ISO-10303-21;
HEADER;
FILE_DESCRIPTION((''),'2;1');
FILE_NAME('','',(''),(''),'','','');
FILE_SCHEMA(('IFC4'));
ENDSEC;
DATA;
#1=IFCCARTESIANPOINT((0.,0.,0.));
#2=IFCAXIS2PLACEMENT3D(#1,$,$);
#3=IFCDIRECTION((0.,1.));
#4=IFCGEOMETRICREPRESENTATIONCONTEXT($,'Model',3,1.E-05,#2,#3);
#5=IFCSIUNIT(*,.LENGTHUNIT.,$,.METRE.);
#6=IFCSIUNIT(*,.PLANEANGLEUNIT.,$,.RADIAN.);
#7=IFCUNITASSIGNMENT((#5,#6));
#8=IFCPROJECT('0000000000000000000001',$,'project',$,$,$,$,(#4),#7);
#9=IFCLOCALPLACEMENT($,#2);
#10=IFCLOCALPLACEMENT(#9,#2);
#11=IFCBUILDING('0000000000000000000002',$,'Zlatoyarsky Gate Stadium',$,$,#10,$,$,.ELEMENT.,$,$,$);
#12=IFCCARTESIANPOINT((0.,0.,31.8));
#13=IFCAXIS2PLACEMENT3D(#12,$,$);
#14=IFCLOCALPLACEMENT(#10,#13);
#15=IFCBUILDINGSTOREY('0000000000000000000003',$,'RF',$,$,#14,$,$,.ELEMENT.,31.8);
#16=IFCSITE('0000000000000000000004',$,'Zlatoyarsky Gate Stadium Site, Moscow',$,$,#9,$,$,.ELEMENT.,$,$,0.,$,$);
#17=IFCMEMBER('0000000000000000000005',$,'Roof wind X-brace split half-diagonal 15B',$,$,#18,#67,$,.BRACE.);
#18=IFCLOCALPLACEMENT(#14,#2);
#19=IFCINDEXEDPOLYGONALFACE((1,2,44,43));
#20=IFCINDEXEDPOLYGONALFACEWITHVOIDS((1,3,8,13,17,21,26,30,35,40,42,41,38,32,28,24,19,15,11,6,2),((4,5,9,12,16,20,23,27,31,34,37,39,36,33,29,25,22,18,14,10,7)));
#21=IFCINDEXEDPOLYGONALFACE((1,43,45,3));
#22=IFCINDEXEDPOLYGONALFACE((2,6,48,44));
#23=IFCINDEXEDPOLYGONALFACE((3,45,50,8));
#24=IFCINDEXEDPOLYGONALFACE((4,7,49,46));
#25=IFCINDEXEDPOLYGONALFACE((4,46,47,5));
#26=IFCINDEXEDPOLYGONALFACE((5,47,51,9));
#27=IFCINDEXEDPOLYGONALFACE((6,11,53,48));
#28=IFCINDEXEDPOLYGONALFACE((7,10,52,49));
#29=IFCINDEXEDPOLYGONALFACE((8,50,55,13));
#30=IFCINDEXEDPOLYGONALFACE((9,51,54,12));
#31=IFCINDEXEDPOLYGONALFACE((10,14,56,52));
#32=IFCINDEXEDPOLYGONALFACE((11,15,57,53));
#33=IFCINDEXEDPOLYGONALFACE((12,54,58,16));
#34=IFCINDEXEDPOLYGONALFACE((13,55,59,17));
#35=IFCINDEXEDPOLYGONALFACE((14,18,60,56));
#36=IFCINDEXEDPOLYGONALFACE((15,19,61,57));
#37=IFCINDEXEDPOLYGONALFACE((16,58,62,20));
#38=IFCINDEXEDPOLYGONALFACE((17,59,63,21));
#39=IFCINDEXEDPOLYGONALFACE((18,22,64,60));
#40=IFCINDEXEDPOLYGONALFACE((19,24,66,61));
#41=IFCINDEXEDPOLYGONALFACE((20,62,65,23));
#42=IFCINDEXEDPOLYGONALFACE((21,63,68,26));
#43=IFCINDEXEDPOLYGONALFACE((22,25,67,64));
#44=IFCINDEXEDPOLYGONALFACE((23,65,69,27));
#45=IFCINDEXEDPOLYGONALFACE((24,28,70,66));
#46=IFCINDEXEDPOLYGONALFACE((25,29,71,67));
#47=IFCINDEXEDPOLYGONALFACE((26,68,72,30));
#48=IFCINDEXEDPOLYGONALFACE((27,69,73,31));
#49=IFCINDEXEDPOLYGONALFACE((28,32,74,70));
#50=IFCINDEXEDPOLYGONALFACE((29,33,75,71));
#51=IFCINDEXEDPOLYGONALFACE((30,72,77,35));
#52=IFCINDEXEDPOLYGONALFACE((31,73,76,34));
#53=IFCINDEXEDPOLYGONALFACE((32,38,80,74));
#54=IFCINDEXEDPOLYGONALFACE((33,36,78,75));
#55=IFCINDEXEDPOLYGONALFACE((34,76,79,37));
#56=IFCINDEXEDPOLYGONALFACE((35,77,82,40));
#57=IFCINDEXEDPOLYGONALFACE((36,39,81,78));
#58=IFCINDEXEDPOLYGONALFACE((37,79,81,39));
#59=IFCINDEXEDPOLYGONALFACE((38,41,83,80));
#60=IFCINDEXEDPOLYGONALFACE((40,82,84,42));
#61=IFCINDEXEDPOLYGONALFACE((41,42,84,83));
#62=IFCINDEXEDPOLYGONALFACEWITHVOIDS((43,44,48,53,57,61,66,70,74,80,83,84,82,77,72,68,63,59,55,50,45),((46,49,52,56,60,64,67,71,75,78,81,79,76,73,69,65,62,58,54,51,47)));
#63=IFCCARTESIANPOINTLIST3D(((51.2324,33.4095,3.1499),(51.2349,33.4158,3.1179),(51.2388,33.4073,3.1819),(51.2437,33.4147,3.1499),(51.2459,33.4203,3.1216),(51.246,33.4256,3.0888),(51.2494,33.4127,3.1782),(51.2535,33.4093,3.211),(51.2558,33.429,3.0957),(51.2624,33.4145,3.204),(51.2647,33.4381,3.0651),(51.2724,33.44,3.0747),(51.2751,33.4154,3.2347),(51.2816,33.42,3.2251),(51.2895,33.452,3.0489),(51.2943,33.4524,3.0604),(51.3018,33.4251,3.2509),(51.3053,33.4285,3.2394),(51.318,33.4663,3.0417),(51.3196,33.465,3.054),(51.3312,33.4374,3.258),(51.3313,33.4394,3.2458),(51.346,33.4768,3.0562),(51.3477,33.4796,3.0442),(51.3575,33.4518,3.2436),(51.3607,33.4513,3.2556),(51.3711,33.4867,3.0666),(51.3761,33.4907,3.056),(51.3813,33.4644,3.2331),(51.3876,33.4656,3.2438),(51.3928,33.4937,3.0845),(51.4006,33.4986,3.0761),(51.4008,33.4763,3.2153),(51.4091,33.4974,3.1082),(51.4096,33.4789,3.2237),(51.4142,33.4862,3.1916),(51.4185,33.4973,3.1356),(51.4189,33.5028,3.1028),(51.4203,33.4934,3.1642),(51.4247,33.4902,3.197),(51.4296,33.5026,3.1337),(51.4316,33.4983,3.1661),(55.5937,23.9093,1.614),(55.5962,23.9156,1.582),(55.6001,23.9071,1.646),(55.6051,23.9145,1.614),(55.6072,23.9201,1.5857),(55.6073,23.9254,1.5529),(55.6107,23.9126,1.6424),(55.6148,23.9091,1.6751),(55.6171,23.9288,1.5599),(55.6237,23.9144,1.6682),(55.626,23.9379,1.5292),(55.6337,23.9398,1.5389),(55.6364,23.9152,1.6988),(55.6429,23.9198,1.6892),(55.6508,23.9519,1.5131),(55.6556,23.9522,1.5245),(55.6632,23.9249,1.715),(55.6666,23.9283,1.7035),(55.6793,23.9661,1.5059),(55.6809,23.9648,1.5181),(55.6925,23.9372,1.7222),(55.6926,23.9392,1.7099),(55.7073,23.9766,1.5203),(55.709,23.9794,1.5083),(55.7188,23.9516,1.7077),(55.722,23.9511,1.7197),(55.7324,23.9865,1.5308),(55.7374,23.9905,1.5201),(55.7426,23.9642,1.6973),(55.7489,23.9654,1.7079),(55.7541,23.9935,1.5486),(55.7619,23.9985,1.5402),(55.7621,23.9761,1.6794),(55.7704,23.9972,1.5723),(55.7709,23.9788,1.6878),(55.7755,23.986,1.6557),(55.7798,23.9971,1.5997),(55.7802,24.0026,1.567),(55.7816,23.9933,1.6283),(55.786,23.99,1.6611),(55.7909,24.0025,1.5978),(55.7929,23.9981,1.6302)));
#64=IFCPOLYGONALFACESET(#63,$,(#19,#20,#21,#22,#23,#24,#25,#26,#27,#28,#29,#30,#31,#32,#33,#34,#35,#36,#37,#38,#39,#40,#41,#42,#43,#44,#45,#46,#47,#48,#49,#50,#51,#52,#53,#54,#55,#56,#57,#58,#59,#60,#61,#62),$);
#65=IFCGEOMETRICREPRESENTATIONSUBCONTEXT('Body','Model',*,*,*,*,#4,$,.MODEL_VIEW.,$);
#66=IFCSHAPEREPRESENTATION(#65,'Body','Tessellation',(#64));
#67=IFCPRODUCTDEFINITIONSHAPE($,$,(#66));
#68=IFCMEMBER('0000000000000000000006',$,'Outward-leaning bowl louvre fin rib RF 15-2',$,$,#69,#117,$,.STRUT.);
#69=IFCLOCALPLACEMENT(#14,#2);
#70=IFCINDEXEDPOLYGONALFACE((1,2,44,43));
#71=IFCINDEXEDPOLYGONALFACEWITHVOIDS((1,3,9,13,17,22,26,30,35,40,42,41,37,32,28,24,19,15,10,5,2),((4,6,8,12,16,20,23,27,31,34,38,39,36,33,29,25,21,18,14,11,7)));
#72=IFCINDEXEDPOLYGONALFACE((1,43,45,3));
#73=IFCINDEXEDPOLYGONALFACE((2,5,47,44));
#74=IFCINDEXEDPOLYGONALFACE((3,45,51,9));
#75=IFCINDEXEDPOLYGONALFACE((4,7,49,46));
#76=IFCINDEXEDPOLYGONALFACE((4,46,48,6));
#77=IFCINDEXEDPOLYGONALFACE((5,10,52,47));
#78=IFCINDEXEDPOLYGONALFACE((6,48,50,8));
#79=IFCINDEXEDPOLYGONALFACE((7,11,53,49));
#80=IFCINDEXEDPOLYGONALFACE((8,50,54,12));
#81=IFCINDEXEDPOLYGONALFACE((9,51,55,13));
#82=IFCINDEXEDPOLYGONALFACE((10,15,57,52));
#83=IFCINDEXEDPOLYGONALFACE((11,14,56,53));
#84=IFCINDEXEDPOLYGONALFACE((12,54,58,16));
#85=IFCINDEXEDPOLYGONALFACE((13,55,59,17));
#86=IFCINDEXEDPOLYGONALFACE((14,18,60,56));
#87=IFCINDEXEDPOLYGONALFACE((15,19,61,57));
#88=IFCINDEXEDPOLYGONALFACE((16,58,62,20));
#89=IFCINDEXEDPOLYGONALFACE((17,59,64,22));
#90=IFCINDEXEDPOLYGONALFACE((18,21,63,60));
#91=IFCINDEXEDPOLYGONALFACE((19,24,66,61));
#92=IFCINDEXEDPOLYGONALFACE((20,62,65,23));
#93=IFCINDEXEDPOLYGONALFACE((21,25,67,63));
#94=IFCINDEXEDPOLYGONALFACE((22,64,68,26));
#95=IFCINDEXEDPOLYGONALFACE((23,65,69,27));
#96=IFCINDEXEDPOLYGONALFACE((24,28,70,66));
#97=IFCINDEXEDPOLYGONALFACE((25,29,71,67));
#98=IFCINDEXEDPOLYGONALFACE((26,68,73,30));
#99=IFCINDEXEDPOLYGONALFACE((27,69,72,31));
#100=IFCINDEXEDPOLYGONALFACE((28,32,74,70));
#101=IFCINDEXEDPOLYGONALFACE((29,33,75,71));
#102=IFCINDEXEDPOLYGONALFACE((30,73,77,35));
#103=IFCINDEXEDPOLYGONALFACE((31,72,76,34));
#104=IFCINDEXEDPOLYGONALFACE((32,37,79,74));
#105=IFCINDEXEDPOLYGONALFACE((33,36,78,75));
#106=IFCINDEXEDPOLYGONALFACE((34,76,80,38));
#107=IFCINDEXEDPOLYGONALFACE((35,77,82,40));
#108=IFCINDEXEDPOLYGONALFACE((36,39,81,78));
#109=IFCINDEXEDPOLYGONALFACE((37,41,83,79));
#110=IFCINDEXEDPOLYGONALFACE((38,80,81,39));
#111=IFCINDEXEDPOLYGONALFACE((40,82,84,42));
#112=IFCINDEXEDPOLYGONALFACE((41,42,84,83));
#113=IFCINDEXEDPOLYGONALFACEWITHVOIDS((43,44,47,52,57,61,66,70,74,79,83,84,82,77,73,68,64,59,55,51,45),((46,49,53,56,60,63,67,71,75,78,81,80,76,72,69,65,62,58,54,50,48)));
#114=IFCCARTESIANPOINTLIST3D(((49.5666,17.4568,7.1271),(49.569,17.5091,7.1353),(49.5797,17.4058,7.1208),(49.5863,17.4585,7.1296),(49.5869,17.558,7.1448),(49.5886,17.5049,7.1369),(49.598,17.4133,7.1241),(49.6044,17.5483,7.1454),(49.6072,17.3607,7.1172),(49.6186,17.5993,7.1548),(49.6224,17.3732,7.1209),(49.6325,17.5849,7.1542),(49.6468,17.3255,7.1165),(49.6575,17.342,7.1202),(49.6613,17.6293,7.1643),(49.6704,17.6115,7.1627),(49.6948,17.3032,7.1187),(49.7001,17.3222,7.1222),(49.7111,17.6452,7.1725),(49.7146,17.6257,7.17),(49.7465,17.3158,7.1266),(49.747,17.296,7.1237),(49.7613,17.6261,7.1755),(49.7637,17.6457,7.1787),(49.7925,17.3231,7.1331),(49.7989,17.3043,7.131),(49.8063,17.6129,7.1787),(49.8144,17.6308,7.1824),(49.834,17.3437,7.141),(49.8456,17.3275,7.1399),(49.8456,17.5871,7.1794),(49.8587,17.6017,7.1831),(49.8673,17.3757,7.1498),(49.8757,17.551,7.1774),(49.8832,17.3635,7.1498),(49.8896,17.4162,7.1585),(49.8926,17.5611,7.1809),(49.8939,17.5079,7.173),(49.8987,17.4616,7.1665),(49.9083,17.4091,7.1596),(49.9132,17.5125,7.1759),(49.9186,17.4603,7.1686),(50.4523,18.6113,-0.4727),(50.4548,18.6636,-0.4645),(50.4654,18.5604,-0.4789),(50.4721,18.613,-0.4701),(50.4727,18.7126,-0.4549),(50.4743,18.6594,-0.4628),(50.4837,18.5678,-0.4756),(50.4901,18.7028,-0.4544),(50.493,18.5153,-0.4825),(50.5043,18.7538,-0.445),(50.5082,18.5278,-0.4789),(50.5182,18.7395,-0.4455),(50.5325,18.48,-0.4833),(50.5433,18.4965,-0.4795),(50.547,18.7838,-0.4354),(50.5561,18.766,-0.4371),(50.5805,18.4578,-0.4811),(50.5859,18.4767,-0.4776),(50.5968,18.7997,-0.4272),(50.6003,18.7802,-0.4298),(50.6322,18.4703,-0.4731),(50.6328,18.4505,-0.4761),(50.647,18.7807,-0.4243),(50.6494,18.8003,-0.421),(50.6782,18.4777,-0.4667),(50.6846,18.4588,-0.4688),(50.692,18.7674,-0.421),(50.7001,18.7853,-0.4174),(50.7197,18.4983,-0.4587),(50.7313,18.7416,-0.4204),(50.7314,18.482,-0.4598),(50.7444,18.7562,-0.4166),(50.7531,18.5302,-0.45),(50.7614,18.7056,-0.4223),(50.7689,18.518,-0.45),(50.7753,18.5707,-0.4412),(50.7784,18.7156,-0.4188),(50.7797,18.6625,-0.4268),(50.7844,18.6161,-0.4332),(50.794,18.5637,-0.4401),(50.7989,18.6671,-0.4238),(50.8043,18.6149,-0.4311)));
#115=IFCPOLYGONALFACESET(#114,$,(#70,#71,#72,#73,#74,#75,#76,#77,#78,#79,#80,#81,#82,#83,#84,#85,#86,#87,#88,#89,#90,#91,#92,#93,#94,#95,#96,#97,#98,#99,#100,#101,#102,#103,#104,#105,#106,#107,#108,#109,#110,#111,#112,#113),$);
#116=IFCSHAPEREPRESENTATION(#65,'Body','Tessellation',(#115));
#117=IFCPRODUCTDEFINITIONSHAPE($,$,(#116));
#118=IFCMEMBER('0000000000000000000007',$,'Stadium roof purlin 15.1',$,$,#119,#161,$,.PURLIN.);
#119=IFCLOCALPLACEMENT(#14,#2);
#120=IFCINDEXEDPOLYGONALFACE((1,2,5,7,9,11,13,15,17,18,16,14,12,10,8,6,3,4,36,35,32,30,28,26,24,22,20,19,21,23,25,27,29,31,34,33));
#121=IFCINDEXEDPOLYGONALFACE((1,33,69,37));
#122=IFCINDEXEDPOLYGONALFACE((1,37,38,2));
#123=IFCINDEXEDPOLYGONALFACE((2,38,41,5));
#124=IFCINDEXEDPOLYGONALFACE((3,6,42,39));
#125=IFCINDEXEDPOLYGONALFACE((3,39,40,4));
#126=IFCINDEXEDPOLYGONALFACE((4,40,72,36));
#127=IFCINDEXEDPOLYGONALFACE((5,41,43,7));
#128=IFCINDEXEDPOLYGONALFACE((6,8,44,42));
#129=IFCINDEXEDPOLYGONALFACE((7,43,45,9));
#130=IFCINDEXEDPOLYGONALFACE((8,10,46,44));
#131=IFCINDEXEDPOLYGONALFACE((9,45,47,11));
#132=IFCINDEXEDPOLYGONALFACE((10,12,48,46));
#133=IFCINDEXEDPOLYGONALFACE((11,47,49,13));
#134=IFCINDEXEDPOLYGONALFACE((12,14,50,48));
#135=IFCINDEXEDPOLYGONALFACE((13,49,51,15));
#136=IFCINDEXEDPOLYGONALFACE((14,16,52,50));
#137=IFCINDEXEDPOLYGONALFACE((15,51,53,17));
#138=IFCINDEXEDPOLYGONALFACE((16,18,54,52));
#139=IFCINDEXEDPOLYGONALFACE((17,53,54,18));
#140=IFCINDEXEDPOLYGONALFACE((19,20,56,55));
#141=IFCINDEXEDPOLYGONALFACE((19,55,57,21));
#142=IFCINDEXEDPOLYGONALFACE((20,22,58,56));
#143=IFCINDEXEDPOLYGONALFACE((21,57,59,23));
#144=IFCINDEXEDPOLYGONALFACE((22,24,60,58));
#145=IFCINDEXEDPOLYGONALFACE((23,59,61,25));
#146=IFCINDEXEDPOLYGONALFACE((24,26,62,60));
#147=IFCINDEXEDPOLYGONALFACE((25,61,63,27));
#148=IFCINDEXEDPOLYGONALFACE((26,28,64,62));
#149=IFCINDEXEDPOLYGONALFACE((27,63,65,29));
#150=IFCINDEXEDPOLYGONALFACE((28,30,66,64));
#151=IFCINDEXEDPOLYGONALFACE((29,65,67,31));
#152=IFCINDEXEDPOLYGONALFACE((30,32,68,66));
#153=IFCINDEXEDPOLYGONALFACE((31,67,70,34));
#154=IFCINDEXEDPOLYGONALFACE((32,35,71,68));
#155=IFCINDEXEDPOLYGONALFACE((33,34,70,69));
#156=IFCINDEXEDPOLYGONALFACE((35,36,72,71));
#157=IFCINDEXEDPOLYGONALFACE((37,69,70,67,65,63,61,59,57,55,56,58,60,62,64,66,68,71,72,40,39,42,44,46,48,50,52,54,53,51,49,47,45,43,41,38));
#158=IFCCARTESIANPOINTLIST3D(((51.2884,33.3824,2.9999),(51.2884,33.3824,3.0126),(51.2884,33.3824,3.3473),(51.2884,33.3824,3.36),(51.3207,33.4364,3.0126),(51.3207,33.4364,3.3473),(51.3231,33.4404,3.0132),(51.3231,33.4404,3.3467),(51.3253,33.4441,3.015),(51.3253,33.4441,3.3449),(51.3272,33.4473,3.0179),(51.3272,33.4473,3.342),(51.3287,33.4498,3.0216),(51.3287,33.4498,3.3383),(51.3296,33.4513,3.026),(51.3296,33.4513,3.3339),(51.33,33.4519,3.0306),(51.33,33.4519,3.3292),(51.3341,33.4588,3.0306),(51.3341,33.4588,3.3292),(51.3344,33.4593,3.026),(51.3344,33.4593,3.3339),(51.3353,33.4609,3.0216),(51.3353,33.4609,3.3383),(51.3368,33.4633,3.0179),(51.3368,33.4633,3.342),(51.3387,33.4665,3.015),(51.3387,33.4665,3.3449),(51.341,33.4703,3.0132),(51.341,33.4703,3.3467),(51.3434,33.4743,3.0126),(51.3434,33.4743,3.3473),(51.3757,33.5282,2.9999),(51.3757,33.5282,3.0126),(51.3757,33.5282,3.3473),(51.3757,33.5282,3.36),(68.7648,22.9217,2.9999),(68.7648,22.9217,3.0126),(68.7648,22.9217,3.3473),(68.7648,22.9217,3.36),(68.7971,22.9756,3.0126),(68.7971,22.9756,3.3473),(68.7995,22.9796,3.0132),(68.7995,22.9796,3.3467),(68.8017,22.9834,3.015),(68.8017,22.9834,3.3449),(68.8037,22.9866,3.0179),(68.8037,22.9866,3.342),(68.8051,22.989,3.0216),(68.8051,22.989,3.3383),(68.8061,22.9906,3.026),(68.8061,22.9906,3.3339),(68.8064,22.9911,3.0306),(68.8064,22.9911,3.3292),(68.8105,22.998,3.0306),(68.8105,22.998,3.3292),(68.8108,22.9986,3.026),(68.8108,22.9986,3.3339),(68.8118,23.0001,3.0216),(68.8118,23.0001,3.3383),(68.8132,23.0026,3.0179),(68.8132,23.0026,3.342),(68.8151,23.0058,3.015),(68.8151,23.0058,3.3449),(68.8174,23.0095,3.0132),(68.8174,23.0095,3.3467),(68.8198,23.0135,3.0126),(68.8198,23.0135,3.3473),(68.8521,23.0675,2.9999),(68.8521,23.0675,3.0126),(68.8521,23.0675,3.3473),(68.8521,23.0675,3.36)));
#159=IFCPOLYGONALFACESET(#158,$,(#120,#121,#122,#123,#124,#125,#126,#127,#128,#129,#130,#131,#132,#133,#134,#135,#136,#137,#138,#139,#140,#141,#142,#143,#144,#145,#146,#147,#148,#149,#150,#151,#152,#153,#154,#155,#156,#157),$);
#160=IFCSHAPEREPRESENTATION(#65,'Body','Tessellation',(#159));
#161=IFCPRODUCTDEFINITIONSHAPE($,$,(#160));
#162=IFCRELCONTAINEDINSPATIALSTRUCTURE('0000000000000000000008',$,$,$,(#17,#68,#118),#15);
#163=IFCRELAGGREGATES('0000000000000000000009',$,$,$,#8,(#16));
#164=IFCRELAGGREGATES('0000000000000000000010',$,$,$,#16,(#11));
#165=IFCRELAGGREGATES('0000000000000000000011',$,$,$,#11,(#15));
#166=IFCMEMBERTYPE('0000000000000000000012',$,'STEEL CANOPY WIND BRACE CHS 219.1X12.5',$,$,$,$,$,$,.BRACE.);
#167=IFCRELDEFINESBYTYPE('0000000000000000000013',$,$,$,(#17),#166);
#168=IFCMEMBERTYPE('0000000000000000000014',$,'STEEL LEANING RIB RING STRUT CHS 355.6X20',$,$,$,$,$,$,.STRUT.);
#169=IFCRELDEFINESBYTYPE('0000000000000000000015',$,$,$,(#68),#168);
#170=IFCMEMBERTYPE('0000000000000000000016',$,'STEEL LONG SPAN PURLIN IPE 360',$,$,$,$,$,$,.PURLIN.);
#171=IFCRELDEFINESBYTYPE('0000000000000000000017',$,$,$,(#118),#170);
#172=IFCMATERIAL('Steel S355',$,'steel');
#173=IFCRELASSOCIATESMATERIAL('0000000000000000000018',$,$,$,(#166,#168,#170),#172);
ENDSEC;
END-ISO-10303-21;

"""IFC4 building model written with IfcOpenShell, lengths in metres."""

from ifc_helpers import new_model, si_unit, direction, frame, origin, origin_2d, place, context, subcontext, project, spatial, hollow_circle, i_section, extrude, material, material_profile, profile_set, type_object, element, save


model = new_model("IFC4")

# Units and contexts
model_context = context("Model", 3, precision=1e-05, world=origin(), true_north=direction((0.0, 1.0)))
body_context = subcontext(model_context, "Body", "Model", "MODEL_VIEW")
ifc_project = project(units=[si_unit("LENGTHUNIT", "METRE"), si_unit("PLANEANGLEUNIT", "RADIAN")], contexts=[model_context])

# Site, building, storey
site_placement = place(None, origin())
site = spatial("IfcSite", under=ifc_project, at=site_placement, Name="Zlatoyarsky Gate Stadium Site, Moscow", CompositionType="ELEMENT", RefElevation=0.0)
building_placement = place(site_placement, origin())
building = spatial("IfcBuilding", under=site, at=building_placement, Name="Zlatoyarsky Gate Stadium", CompositionType="ELEMENT")
storey_placement = place(building_placement, frame((0.0, 0.0, 31.8)))
storey = spatial("IfcBuildingStorey", under=building, at=storey_placement, Name="RF", CompositionType="ELEMENT", Elevation=31.8)

# Members
ifc_material_1 = material(Name="Steel S355", Category="steel")
ifc_material_profile_1 = material_profile(ifc_material_1, hollow_circle(Radius=0.1096, WallThickness=0.0125, at=origin_2d()), Name="CHS 219.1X12.5")
ifc_profile_set_1 = profile_set([ifc_material_profile_1], Name="Steel S355")
member_type_1 = type_object("IfcMemberType", Name="STEEL CANOPY WIND BRACE CHS 219.1X12.5", PredefinedType="BRACE", material=ifc_profile_set_1)
member_1_placement = place(storey_placement, frame((55.6934, 23.9551, 1.614), z_axis=(-0.41278, 0.899156, 0.145365), x_axis=(-0.908809, -0.417212, 0.0)))
element("IfcMember", 1, at=member_1_placement, inside=storey, type_object=member_type_1, Name="Roof wind X-brace split half-diagonal 15B", PredefinedType="BRACE", context=body_context, shape_type="SweptSolid", body=[
    extrude(hollow_circle(Radius=0.1096, WallThickness=0.0125, at=origin_2d()), origin(), (0.0, 0.0, 1.0), 10.5657),
])
ifc_material_profile_2 = material_profile(ifc_material_1, hollow_circle(Radius=0.1777, WallThickness=0.02, at=origin_2d()), Name="CHS 355.6X20")
ifc_profile_set_2 = profile_set([ifc_material_profile_2], Name="Steel S355")
member_type_2 = type_object("IfcMemberType", Name="STEEL LEANING RIB RING STRUT CHS 355.6X20", PredefinedType="STRUT", material=ifc_profile_set_2)
member_2_placement = place(storey_placement, frame((50.6279, 18.6262, -0.45), z_axis=(-0.114468, -0.149206, 0.982158), x_axis=(0.793409, -0.608689, 0.0)))
element("IfcMember", 2, at=member_2_placement, inside=storey, type_object=member_type_2, Name="Outward-leaning bowl louvre fin rib RF 15-2", PredefinedType="STRUT", context=body_context, shape_type="SweptSolid", body=[
    extrude(hollow_circle(Radius=0.1777, WallThickness=0.02, at=origin_2d()), origin(), (0.0, 0.0, 1.0), 7.7378),
])
ifc_material_profile_3 = material_profile(ifc_material_1, i_section(OverallWidth=0.1699, OverallDepth=0.3601, WebThickness=0.0081, FlangeThickness=0.0127, FilletRadius=0.0181, at=origin_2d()), Name="IPE 360")
ifc_profile_set_3 = profile_set([ifc_material_profile_3], Name="Steel S355")
member_type_3 = type_object("IfcMemberType", Name="STEEL LONG SPAN PURLIN IPE 360", PredefinedType="PURLIN", material=ifc_profile_set_3)
member_3_placement = place(storey_placement, frame((51.332, 33.4553, 3.1799), z_axis=(0.858036, -0.513589, 0.0), x_axis=(0.513589, 0.858036, 0.0)))
element("IfcMember", 3, at=member_3_placement, inside=storey, type_object=member_type_3, Name="Stadium roof purlin 15.1", PredefinedType="PURLIN", context=body_context, shape_type="SweptSolid", body=[
    extrude(i_section(OverallWidth=0.1699, OverallDepth=0.3601, WebThickness=0.0081, FlangeThickness=0.0127, FilletRadius=0.0181, at=origin_2d()), origin(), (0.0, 0.0, 1.0), 20.3679),
])

save(model, "model.ifc")
